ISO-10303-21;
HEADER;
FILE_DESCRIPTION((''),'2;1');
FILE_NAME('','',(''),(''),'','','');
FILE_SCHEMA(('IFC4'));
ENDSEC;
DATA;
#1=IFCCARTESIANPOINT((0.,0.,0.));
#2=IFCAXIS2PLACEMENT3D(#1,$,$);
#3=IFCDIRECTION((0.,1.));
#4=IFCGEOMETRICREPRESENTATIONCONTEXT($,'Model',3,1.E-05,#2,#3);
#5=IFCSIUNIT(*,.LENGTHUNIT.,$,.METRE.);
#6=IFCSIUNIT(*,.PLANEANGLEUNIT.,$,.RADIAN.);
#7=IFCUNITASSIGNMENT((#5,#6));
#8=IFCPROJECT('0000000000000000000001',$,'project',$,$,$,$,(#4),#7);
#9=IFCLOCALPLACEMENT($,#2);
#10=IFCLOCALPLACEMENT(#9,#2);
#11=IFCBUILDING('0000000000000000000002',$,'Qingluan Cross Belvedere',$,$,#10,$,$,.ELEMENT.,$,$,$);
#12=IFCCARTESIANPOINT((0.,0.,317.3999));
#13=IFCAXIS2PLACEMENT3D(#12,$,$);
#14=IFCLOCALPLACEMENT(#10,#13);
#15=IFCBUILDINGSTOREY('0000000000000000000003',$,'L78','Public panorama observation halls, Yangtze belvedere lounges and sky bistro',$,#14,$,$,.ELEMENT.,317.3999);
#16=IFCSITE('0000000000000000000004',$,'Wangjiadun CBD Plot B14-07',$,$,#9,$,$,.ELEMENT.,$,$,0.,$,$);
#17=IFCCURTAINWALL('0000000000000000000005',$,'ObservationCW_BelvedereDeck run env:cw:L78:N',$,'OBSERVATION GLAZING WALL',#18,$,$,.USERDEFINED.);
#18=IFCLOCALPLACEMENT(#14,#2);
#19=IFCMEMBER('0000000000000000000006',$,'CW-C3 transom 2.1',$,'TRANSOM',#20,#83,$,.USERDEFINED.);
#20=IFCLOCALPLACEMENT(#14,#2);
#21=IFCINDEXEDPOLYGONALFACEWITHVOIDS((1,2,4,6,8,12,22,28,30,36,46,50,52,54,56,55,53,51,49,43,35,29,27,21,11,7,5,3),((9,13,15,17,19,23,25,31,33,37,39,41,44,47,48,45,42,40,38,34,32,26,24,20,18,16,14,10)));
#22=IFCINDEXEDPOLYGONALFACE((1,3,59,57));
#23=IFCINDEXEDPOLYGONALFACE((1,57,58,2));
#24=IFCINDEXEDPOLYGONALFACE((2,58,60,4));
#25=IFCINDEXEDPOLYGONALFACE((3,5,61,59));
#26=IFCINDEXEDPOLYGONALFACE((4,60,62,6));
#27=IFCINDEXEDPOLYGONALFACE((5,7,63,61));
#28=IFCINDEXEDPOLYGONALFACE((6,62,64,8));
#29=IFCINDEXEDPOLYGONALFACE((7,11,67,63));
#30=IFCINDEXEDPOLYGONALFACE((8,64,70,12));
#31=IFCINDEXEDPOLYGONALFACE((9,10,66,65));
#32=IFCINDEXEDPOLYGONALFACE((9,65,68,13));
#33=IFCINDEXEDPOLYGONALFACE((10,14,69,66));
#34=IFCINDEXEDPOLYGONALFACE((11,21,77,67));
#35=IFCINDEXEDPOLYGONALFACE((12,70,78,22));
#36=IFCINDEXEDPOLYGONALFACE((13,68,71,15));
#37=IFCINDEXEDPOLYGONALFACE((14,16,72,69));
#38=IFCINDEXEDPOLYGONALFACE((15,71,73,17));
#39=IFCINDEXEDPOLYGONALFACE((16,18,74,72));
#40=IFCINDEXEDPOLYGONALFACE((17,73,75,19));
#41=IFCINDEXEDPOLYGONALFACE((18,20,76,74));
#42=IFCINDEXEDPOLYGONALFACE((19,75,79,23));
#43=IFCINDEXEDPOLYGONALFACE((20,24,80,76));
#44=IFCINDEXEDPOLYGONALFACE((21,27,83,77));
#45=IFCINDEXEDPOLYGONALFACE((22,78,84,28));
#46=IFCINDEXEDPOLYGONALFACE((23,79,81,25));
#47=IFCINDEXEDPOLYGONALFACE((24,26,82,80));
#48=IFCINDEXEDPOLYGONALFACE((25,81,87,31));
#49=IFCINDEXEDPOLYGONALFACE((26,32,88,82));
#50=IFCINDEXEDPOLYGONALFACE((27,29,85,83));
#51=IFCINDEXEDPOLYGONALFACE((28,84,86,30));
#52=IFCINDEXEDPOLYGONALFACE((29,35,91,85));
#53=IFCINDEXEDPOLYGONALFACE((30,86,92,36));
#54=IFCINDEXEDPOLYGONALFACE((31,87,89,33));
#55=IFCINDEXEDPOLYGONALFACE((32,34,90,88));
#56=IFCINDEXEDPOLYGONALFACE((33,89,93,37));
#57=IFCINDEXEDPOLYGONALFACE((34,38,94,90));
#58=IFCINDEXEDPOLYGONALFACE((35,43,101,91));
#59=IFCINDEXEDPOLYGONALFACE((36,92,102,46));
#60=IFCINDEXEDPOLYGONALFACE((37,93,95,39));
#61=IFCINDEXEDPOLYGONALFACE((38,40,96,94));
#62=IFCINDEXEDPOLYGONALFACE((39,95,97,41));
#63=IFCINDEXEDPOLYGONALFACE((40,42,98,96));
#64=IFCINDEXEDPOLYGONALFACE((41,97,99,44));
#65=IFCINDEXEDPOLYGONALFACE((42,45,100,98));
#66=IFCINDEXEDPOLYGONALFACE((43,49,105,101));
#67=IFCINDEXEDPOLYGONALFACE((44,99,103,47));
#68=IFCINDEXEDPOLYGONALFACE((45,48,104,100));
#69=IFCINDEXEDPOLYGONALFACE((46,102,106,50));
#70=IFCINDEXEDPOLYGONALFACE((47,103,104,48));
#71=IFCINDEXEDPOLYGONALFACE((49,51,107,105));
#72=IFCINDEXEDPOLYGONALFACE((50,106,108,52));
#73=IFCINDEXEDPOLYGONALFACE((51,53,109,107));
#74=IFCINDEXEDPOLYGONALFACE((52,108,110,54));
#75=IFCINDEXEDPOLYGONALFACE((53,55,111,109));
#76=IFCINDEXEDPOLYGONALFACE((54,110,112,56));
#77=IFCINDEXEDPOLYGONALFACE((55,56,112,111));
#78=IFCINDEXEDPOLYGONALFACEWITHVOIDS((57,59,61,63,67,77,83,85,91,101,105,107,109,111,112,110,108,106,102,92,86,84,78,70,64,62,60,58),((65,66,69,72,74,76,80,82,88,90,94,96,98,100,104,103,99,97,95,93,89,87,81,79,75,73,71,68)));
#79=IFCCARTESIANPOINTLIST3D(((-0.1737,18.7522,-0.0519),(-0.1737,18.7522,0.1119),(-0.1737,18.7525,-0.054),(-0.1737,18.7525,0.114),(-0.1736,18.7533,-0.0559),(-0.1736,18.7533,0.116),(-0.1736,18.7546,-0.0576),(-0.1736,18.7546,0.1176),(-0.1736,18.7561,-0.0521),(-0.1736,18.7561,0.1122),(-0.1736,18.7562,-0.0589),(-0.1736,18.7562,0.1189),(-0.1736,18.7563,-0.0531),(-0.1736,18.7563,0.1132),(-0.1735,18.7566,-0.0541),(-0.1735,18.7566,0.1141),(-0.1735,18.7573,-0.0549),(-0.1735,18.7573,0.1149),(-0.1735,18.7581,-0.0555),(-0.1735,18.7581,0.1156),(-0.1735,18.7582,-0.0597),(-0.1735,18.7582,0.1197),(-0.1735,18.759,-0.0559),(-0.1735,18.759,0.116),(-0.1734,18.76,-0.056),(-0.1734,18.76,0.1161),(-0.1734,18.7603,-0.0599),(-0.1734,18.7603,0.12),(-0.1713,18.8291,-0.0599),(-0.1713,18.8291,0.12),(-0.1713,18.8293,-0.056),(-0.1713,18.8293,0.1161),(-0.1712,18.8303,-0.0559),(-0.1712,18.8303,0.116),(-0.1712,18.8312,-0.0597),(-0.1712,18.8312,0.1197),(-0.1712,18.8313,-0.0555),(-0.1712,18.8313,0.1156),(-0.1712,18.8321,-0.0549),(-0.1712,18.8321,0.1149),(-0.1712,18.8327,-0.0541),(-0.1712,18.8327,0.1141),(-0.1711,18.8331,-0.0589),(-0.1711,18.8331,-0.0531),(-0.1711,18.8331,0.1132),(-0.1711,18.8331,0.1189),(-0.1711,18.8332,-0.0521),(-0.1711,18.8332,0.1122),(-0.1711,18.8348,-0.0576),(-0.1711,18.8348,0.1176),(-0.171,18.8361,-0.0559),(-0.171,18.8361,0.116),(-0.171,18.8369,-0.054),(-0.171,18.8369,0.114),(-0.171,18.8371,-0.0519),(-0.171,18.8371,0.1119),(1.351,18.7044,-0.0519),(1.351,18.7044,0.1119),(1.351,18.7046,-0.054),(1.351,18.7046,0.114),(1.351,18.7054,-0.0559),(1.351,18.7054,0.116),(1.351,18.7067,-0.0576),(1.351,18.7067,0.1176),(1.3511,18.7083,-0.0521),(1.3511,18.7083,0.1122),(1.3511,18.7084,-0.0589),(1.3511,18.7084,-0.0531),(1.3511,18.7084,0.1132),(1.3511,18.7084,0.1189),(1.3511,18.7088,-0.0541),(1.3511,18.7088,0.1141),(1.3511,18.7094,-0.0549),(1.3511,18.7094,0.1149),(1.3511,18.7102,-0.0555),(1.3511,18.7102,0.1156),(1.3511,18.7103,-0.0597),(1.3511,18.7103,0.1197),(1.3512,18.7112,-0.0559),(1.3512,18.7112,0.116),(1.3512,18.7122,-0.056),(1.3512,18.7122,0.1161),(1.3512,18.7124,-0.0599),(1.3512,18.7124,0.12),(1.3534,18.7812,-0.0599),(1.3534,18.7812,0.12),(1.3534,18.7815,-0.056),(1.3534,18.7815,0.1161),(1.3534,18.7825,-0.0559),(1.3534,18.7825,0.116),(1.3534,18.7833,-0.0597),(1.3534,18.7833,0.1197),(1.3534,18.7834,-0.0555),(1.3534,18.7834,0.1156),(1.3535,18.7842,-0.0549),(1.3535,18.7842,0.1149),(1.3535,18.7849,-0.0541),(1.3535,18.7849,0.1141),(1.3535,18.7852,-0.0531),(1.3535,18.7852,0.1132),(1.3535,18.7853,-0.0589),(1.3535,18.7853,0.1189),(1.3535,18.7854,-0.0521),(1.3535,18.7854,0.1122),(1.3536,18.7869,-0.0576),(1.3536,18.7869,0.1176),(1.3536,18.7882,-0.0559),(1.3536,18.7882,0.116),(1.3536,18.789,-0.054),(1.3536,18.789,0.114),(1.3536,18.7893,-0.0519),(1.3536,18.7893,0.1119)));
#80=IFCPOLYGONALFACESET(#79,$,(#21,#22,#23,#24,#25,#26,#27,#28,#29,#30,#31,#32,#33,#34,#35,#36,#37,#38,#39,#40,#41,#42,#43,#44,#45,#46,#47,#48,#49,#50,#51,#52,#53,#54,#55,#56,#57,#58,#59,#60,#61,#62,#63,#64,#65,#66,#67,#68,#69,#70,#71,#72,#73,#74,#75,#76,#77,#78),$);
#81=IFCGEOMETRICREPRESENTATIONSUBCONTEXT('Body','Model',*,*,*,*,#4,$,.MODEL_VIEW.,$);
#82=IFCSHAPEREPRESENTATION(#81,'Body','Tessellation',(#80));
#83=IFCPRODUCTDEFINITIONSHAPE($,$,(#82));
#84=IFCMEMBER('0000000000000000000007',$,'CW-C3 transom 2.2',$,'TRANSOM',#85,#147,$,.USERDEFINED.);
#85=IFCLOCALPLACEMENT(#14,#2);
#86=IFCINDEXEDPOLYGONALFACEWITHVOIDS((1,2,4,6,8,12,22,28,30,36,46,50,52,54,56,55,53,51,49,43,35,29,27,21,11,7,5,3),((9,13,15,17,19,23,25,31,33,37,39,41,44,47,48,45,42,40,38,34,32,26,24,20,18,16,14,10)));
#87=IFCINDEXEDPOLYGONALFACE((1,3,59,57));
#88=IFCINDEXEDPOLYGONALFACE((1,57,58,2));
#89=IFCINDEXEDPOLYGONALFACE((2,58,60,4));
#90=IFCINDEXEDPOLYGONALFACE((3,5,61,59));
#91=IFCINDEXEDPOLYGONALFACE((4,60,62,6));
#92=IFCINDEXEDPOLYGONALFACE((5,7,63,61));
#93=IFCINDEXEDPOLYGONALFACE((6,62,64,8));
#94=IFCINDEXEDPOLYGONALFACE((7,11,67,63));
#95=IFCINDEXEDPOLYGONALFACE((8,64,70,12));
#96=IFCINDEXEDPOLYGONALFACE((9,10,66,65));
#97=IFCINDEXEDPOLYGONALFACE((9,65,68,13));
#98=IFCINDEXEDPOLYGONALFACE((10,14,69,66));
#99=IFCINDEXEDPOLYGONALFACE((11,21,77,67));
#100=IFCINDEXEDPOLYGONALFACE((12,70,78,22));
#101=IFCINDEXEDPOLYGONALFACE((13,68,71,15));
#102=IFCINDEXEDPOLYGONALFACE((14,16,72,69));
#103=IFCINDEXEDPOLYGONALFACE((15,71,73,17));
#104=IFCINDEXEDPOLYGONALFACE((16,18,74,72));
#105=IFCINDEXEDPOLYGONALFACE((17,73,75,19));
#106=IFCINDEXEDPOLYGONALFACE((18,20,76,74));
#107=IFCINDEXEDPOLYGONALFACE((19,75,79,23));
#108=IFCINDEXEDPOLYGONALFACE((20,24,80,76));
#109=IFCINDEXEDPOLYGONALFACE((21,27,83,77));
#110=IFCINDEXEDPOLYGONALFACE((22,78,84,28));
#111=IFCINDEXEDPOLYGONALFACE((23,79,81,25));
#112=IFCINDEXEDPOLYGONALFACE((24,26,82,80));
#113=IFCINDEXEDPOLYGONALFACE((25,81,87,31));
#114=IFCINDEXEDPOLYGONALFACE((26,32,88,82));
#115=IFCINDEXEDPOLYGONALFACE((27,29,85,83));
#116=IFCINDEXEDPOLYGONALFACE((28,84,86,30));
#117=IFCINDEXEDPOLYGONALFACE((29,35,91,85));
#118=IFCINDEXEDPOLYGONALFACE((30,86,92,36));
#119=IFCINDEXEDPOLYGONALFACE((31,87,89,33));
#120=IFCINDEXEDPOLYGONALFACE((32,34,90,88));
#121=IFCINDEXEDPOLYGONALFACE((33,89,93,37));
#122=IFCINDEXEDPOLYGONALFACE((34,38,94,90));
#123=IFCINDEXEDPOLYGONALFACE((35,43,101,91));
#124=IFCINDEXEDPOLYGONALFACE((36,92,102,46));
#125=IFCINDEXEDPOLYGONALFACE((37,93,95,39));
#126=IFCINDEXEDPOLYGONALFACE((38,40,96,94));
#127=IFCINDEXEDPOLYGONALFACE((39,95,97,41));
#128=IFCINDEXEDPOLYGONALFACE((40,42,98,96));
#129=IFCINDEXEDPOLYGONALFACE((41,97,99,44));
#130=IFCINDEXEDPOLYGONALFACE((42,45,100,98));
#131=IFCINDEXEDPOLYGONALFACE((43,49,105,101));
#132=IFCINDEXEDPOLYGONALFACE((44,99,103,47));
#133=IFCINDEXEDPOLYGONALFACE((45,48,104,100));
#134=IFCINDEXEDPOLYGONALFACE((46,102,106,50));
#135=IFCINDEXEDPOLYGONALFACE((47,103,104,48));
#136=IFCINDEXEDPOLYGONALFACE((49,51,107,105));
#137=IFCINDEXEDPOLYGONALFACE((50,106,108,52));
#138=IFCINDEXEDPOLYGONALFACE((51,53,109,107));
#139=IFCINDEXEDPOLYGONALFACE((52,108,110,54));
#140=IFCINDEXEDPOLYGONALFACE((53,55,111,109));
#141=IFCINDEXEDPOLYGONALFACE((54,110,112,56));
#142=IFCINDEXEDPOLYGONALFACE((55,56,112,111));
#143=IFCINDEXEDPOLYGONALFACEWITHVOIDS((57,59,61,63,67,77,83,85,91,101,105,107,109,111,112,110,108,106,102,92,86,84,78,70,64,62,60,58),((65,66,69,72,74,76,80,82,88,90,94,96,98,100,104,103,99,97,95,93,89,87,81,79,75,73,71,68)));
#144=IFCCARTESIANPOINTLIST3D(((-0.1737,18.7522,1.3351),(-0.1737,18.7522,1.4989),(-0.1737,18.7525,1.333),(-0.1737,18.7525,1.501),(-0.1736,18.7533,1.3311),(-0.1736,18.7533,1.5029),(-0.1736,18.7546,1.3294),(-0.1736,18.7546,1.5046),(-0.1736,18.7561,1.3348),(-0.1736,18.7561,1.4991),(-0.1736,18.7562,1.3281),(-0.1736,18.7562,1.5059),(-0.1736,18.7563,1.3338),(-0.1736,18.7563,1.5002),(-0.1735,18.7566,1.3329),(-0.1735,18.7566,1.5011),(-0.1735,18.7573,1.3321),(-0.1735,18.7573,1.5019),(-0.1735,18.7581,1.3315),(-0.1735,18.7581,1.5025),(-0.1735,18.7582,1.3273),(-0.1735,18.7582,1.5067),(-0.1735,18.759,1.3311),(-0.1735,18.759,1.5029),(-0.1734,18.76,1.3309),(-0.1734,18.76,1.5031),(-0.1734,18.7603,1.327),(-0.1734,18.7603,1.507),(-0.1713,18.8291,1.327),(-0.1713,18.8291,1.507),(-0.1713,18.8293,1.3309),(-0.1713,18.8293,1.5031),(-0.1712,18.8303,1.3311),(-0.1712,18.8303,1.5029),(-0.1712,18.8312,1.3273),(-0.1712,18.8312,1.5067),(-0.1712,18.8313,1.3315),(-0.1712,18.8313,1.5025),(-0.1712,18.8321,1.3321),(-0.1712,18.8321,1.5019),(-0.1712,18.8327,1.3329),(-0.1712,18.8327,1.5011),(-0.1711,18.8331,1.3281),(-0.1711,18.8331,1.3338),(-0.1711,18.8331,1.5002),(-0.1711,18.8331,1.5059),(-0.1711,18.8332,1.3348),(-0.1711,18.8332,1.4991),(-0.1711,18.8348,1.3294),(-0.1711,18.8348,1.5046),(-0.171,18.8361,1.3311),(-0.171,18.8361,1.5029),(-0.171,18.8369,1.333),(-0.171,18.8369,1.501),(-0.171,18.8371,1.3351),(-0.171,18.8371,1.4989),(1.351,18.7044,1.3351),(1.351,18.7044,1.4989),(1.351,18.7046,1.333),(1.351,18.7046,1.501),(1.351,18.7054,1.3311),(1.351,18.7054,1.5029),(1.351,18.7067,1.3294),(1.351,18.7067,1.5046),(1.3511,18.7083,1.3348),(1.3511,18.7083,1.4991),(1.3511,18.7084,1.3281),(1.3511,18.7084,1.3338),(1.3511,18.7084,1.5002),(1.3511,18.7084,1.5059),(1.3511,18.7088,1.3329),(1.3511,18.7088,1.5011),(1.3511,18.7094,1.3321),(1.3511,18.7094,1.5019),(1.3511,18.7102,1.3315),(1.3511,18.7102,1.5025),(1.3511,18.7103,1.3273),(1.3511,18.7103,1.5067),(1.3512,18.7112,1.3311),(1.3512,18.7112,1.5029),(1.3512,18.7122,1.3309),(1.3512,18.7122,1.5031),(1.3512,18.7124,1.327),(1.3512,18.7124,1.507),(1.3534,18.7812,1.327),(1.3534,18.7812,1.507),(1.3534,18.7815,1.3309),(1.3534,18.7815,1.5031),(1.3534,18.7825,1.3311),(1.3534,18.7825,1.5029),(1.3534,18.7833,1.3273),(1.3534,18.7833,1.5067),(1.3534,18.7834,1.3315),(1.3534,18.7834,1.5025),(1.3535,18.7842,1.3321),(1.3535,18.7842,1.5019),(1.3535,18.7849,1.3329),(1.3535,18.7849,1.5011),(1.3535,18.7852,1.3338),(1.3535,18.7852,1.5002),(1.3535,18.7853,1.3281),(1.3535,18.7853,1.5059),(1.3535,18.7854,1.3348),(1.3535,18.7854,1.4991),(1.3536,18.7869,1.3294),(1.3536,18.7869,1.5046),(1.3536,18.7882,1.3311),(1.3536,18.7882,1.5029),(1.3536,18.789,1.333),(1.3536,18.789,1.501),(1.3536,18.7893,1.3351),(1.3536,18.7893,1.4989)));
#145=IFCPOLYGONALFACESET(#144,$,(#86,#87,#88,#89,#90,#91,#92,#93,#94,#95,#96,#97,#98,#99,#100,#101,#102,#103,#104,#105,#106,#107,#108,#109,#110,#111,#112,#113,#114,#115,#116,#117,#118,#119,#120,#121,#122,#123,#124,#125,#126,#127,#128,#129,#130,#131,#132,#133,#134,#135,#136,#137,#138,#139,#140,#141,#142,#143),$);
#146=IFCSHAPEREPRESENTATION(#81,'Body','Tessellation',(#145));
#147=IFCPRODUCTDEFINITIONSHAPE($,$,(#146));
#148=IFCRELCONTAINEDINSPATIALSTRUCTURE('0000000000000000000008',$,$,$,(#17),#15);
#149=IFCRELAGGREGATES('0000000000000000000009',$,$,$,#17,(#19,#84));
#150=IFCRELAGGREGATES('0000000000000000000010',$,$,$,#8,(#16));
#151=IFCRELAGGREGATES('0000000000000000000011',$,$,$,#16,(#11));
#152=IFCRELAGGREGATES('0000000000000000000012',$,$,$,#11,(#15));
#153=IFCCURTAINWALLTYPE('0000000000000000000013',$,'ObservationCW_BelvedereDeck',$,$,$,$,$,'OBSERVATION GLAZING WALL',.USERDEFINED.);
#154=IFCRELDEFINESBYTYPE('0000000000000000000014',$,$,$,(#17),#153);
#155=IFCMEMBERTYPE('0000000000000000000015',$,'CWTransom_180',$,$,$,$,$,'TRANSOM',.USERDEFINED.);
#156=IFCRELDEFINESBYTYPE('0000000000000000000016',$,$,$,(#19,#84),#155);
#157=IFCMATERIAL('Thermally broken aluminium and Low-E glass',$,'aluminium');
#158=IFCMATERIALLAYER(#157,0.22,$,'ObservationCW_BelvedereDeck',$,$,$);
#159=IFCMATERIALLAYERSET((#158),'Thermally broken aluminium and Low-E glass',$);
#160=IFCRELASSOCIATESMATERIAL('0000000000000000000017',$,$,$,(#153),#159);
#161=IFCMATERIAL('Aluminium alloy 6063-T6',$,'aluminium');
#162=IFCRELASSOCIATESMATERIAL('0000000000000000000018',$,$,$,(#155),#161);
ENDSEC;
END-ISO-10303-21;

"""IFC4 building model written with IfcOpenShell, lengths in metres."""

from ifc_helpers import new_model, si_unit, direction, frame, origin, origin_2d, place, context, subcontext, project, spatial, hollow_rectangle, extrude, material, layer, layer_set, material_profile, profile_set, type_object, element, aggregate, save


model = new_model("IFC4")

# Units and contexts
model_context = context("Model", 3, precision=1e-05, world=origin(), true_north=direction((0.0, 1.0)))
body_context = subcontext(model_context, "Body", "Model", "MODEL_VIEW")
ifc_project = project(units=[si_unit("LENGTHUNIT", "METRE"), si_unit("PLANEANGLEUNIT", "RADIAN")], contexts=[model_context])

# Site, building, storey
site_placement = place(None, origin())
site = spatial("IfcSite", under=ifc_project, at=site_placement, Name="Wangjiadun CBD Plot B14-07", CompositionType="ELEMENT", RefElevation=0.0)
building_placement = place(site_placement, origin())
building = spatial("IfcBuilding", under=site, at=building_placement, Name="Qingluan Cross Belvedere", CompositionType="ELEMENT")
storey_placement = place(building_placement, frame((0.0, 0.0, 317.3999)))
storey = spatial("IfcBuildingStorey", under=building, at=storey_placement, Name="L78", Description="Public panorama observation halls, Yangtze belvedere lounges and sky bistro", CompositionType="ELEMENT", Elevation=317.3999)

# Curtain wall, members
ifc_material_1 = material(Name="Thermally broken aluminium and Low-E glass", Category="aluminium")
ifc_layer_1 = layer(ifc_material_1, 0.22, Name="ObservationCW_BelvedereDeck")
ifc_layer_set_1 = layer_set([ifc_layer_1], Name="Thermally broken aluminium and Low-E glass")
curtain_wall_type = type_object("IfcCurtainWallType", Name="ObservationCW_BelvedereDeck", ElementType="OBSERVATION GLAZING WALL", PredefinedType="USERDEFINED", material=ifc_layer_set_1)
curtain_wall_placement = place(storey_placement, origin())
curtain_wall = element("IfcCurtainWall", 1, at=curtain_wall_placement, inside=storey, type_object=curtain_wall_type, Name="ObservationCW_BelvedereDeck run env:cw:L78:N", ObjectType="OBSERVATION GLAZING WALL", PredefinedType="USERDEFINED")
ifc_material_2 = material(Name="Aluminium alloy 6063-T6", Category="aluminium")
ifc_material_profile_1 = material_profile(ifc_material_2, hollow_rectangle(XDim=0.085, YDim=0.1799, WallThickness=0.0039, InnerFilletRadius=0.0039, OuterFilletRadius=0.0081, at=origin_2d()), Name="CWT180x85x4")
ifc_profile_set_1 = profile_set([ifc_material_profile_1], Name="Aluminium alloy 6063-T6")
member_type_1 = type_object("IfcMemberType", Name="CWTransom_180", ElementType="TRANSOM", PredefinedType="USERDEFINED", material=ifc_profile_set_1)
member_1_placement = place(storey_placement, frame((1.3523, 18.7468, 0.03), z_axis=(-0.999508, 0.03137, 0.0), x_axis=(-0.03137, -0.999508, 0.0)))
member_1 = element("IfcMember", 2, at=member_1_placement, type_object=member_type_1, Name="CW-C3 transom 2.1", ObjectType="TRANSOM", PredefinedType="USERDEFINED", context=body_context, shape_type="SweptSolid", body=[
    extrude(hollow_rectangle(XDim=0.085, YDim=0.1799, WallThickness=0.0039, InnerFilletRadius=0.0039, OuterFilletRadius=0.0081, at=origin_2d()), origin(), (0.0, 0.0, 1.0), 1.5254),
])
member_2_placement = place(storey_placement, frame((1.3523, 18.7468, 1.417), z_axis=(-0.999508, 0.03137, 0.0), x_axis=(-0.03137, -0.999508, 0.0)))
member_2 = element("IfcMember", 3, at=member_2_placement, type_object=member_type_1, Name="CW-C3 transom 2.2", ObjectType="TRANSOM", PredefinedType="USERDEFINED", context=body_context, shape_type="SweptSolid", body=[
    extrude(hollow_rectangle(XDim=0.085, YDim=0.1799, WallThickness=0.0039, InnerFilletRadius=0.0039, OuterFilletRadius=0.0081, at=origin_2d()), origin(), (0.0, 0.0, 1.0), 1.5254),
])

aggregate(curtain_wall, [member_1, member_2])

save(model, "model.ifc")
